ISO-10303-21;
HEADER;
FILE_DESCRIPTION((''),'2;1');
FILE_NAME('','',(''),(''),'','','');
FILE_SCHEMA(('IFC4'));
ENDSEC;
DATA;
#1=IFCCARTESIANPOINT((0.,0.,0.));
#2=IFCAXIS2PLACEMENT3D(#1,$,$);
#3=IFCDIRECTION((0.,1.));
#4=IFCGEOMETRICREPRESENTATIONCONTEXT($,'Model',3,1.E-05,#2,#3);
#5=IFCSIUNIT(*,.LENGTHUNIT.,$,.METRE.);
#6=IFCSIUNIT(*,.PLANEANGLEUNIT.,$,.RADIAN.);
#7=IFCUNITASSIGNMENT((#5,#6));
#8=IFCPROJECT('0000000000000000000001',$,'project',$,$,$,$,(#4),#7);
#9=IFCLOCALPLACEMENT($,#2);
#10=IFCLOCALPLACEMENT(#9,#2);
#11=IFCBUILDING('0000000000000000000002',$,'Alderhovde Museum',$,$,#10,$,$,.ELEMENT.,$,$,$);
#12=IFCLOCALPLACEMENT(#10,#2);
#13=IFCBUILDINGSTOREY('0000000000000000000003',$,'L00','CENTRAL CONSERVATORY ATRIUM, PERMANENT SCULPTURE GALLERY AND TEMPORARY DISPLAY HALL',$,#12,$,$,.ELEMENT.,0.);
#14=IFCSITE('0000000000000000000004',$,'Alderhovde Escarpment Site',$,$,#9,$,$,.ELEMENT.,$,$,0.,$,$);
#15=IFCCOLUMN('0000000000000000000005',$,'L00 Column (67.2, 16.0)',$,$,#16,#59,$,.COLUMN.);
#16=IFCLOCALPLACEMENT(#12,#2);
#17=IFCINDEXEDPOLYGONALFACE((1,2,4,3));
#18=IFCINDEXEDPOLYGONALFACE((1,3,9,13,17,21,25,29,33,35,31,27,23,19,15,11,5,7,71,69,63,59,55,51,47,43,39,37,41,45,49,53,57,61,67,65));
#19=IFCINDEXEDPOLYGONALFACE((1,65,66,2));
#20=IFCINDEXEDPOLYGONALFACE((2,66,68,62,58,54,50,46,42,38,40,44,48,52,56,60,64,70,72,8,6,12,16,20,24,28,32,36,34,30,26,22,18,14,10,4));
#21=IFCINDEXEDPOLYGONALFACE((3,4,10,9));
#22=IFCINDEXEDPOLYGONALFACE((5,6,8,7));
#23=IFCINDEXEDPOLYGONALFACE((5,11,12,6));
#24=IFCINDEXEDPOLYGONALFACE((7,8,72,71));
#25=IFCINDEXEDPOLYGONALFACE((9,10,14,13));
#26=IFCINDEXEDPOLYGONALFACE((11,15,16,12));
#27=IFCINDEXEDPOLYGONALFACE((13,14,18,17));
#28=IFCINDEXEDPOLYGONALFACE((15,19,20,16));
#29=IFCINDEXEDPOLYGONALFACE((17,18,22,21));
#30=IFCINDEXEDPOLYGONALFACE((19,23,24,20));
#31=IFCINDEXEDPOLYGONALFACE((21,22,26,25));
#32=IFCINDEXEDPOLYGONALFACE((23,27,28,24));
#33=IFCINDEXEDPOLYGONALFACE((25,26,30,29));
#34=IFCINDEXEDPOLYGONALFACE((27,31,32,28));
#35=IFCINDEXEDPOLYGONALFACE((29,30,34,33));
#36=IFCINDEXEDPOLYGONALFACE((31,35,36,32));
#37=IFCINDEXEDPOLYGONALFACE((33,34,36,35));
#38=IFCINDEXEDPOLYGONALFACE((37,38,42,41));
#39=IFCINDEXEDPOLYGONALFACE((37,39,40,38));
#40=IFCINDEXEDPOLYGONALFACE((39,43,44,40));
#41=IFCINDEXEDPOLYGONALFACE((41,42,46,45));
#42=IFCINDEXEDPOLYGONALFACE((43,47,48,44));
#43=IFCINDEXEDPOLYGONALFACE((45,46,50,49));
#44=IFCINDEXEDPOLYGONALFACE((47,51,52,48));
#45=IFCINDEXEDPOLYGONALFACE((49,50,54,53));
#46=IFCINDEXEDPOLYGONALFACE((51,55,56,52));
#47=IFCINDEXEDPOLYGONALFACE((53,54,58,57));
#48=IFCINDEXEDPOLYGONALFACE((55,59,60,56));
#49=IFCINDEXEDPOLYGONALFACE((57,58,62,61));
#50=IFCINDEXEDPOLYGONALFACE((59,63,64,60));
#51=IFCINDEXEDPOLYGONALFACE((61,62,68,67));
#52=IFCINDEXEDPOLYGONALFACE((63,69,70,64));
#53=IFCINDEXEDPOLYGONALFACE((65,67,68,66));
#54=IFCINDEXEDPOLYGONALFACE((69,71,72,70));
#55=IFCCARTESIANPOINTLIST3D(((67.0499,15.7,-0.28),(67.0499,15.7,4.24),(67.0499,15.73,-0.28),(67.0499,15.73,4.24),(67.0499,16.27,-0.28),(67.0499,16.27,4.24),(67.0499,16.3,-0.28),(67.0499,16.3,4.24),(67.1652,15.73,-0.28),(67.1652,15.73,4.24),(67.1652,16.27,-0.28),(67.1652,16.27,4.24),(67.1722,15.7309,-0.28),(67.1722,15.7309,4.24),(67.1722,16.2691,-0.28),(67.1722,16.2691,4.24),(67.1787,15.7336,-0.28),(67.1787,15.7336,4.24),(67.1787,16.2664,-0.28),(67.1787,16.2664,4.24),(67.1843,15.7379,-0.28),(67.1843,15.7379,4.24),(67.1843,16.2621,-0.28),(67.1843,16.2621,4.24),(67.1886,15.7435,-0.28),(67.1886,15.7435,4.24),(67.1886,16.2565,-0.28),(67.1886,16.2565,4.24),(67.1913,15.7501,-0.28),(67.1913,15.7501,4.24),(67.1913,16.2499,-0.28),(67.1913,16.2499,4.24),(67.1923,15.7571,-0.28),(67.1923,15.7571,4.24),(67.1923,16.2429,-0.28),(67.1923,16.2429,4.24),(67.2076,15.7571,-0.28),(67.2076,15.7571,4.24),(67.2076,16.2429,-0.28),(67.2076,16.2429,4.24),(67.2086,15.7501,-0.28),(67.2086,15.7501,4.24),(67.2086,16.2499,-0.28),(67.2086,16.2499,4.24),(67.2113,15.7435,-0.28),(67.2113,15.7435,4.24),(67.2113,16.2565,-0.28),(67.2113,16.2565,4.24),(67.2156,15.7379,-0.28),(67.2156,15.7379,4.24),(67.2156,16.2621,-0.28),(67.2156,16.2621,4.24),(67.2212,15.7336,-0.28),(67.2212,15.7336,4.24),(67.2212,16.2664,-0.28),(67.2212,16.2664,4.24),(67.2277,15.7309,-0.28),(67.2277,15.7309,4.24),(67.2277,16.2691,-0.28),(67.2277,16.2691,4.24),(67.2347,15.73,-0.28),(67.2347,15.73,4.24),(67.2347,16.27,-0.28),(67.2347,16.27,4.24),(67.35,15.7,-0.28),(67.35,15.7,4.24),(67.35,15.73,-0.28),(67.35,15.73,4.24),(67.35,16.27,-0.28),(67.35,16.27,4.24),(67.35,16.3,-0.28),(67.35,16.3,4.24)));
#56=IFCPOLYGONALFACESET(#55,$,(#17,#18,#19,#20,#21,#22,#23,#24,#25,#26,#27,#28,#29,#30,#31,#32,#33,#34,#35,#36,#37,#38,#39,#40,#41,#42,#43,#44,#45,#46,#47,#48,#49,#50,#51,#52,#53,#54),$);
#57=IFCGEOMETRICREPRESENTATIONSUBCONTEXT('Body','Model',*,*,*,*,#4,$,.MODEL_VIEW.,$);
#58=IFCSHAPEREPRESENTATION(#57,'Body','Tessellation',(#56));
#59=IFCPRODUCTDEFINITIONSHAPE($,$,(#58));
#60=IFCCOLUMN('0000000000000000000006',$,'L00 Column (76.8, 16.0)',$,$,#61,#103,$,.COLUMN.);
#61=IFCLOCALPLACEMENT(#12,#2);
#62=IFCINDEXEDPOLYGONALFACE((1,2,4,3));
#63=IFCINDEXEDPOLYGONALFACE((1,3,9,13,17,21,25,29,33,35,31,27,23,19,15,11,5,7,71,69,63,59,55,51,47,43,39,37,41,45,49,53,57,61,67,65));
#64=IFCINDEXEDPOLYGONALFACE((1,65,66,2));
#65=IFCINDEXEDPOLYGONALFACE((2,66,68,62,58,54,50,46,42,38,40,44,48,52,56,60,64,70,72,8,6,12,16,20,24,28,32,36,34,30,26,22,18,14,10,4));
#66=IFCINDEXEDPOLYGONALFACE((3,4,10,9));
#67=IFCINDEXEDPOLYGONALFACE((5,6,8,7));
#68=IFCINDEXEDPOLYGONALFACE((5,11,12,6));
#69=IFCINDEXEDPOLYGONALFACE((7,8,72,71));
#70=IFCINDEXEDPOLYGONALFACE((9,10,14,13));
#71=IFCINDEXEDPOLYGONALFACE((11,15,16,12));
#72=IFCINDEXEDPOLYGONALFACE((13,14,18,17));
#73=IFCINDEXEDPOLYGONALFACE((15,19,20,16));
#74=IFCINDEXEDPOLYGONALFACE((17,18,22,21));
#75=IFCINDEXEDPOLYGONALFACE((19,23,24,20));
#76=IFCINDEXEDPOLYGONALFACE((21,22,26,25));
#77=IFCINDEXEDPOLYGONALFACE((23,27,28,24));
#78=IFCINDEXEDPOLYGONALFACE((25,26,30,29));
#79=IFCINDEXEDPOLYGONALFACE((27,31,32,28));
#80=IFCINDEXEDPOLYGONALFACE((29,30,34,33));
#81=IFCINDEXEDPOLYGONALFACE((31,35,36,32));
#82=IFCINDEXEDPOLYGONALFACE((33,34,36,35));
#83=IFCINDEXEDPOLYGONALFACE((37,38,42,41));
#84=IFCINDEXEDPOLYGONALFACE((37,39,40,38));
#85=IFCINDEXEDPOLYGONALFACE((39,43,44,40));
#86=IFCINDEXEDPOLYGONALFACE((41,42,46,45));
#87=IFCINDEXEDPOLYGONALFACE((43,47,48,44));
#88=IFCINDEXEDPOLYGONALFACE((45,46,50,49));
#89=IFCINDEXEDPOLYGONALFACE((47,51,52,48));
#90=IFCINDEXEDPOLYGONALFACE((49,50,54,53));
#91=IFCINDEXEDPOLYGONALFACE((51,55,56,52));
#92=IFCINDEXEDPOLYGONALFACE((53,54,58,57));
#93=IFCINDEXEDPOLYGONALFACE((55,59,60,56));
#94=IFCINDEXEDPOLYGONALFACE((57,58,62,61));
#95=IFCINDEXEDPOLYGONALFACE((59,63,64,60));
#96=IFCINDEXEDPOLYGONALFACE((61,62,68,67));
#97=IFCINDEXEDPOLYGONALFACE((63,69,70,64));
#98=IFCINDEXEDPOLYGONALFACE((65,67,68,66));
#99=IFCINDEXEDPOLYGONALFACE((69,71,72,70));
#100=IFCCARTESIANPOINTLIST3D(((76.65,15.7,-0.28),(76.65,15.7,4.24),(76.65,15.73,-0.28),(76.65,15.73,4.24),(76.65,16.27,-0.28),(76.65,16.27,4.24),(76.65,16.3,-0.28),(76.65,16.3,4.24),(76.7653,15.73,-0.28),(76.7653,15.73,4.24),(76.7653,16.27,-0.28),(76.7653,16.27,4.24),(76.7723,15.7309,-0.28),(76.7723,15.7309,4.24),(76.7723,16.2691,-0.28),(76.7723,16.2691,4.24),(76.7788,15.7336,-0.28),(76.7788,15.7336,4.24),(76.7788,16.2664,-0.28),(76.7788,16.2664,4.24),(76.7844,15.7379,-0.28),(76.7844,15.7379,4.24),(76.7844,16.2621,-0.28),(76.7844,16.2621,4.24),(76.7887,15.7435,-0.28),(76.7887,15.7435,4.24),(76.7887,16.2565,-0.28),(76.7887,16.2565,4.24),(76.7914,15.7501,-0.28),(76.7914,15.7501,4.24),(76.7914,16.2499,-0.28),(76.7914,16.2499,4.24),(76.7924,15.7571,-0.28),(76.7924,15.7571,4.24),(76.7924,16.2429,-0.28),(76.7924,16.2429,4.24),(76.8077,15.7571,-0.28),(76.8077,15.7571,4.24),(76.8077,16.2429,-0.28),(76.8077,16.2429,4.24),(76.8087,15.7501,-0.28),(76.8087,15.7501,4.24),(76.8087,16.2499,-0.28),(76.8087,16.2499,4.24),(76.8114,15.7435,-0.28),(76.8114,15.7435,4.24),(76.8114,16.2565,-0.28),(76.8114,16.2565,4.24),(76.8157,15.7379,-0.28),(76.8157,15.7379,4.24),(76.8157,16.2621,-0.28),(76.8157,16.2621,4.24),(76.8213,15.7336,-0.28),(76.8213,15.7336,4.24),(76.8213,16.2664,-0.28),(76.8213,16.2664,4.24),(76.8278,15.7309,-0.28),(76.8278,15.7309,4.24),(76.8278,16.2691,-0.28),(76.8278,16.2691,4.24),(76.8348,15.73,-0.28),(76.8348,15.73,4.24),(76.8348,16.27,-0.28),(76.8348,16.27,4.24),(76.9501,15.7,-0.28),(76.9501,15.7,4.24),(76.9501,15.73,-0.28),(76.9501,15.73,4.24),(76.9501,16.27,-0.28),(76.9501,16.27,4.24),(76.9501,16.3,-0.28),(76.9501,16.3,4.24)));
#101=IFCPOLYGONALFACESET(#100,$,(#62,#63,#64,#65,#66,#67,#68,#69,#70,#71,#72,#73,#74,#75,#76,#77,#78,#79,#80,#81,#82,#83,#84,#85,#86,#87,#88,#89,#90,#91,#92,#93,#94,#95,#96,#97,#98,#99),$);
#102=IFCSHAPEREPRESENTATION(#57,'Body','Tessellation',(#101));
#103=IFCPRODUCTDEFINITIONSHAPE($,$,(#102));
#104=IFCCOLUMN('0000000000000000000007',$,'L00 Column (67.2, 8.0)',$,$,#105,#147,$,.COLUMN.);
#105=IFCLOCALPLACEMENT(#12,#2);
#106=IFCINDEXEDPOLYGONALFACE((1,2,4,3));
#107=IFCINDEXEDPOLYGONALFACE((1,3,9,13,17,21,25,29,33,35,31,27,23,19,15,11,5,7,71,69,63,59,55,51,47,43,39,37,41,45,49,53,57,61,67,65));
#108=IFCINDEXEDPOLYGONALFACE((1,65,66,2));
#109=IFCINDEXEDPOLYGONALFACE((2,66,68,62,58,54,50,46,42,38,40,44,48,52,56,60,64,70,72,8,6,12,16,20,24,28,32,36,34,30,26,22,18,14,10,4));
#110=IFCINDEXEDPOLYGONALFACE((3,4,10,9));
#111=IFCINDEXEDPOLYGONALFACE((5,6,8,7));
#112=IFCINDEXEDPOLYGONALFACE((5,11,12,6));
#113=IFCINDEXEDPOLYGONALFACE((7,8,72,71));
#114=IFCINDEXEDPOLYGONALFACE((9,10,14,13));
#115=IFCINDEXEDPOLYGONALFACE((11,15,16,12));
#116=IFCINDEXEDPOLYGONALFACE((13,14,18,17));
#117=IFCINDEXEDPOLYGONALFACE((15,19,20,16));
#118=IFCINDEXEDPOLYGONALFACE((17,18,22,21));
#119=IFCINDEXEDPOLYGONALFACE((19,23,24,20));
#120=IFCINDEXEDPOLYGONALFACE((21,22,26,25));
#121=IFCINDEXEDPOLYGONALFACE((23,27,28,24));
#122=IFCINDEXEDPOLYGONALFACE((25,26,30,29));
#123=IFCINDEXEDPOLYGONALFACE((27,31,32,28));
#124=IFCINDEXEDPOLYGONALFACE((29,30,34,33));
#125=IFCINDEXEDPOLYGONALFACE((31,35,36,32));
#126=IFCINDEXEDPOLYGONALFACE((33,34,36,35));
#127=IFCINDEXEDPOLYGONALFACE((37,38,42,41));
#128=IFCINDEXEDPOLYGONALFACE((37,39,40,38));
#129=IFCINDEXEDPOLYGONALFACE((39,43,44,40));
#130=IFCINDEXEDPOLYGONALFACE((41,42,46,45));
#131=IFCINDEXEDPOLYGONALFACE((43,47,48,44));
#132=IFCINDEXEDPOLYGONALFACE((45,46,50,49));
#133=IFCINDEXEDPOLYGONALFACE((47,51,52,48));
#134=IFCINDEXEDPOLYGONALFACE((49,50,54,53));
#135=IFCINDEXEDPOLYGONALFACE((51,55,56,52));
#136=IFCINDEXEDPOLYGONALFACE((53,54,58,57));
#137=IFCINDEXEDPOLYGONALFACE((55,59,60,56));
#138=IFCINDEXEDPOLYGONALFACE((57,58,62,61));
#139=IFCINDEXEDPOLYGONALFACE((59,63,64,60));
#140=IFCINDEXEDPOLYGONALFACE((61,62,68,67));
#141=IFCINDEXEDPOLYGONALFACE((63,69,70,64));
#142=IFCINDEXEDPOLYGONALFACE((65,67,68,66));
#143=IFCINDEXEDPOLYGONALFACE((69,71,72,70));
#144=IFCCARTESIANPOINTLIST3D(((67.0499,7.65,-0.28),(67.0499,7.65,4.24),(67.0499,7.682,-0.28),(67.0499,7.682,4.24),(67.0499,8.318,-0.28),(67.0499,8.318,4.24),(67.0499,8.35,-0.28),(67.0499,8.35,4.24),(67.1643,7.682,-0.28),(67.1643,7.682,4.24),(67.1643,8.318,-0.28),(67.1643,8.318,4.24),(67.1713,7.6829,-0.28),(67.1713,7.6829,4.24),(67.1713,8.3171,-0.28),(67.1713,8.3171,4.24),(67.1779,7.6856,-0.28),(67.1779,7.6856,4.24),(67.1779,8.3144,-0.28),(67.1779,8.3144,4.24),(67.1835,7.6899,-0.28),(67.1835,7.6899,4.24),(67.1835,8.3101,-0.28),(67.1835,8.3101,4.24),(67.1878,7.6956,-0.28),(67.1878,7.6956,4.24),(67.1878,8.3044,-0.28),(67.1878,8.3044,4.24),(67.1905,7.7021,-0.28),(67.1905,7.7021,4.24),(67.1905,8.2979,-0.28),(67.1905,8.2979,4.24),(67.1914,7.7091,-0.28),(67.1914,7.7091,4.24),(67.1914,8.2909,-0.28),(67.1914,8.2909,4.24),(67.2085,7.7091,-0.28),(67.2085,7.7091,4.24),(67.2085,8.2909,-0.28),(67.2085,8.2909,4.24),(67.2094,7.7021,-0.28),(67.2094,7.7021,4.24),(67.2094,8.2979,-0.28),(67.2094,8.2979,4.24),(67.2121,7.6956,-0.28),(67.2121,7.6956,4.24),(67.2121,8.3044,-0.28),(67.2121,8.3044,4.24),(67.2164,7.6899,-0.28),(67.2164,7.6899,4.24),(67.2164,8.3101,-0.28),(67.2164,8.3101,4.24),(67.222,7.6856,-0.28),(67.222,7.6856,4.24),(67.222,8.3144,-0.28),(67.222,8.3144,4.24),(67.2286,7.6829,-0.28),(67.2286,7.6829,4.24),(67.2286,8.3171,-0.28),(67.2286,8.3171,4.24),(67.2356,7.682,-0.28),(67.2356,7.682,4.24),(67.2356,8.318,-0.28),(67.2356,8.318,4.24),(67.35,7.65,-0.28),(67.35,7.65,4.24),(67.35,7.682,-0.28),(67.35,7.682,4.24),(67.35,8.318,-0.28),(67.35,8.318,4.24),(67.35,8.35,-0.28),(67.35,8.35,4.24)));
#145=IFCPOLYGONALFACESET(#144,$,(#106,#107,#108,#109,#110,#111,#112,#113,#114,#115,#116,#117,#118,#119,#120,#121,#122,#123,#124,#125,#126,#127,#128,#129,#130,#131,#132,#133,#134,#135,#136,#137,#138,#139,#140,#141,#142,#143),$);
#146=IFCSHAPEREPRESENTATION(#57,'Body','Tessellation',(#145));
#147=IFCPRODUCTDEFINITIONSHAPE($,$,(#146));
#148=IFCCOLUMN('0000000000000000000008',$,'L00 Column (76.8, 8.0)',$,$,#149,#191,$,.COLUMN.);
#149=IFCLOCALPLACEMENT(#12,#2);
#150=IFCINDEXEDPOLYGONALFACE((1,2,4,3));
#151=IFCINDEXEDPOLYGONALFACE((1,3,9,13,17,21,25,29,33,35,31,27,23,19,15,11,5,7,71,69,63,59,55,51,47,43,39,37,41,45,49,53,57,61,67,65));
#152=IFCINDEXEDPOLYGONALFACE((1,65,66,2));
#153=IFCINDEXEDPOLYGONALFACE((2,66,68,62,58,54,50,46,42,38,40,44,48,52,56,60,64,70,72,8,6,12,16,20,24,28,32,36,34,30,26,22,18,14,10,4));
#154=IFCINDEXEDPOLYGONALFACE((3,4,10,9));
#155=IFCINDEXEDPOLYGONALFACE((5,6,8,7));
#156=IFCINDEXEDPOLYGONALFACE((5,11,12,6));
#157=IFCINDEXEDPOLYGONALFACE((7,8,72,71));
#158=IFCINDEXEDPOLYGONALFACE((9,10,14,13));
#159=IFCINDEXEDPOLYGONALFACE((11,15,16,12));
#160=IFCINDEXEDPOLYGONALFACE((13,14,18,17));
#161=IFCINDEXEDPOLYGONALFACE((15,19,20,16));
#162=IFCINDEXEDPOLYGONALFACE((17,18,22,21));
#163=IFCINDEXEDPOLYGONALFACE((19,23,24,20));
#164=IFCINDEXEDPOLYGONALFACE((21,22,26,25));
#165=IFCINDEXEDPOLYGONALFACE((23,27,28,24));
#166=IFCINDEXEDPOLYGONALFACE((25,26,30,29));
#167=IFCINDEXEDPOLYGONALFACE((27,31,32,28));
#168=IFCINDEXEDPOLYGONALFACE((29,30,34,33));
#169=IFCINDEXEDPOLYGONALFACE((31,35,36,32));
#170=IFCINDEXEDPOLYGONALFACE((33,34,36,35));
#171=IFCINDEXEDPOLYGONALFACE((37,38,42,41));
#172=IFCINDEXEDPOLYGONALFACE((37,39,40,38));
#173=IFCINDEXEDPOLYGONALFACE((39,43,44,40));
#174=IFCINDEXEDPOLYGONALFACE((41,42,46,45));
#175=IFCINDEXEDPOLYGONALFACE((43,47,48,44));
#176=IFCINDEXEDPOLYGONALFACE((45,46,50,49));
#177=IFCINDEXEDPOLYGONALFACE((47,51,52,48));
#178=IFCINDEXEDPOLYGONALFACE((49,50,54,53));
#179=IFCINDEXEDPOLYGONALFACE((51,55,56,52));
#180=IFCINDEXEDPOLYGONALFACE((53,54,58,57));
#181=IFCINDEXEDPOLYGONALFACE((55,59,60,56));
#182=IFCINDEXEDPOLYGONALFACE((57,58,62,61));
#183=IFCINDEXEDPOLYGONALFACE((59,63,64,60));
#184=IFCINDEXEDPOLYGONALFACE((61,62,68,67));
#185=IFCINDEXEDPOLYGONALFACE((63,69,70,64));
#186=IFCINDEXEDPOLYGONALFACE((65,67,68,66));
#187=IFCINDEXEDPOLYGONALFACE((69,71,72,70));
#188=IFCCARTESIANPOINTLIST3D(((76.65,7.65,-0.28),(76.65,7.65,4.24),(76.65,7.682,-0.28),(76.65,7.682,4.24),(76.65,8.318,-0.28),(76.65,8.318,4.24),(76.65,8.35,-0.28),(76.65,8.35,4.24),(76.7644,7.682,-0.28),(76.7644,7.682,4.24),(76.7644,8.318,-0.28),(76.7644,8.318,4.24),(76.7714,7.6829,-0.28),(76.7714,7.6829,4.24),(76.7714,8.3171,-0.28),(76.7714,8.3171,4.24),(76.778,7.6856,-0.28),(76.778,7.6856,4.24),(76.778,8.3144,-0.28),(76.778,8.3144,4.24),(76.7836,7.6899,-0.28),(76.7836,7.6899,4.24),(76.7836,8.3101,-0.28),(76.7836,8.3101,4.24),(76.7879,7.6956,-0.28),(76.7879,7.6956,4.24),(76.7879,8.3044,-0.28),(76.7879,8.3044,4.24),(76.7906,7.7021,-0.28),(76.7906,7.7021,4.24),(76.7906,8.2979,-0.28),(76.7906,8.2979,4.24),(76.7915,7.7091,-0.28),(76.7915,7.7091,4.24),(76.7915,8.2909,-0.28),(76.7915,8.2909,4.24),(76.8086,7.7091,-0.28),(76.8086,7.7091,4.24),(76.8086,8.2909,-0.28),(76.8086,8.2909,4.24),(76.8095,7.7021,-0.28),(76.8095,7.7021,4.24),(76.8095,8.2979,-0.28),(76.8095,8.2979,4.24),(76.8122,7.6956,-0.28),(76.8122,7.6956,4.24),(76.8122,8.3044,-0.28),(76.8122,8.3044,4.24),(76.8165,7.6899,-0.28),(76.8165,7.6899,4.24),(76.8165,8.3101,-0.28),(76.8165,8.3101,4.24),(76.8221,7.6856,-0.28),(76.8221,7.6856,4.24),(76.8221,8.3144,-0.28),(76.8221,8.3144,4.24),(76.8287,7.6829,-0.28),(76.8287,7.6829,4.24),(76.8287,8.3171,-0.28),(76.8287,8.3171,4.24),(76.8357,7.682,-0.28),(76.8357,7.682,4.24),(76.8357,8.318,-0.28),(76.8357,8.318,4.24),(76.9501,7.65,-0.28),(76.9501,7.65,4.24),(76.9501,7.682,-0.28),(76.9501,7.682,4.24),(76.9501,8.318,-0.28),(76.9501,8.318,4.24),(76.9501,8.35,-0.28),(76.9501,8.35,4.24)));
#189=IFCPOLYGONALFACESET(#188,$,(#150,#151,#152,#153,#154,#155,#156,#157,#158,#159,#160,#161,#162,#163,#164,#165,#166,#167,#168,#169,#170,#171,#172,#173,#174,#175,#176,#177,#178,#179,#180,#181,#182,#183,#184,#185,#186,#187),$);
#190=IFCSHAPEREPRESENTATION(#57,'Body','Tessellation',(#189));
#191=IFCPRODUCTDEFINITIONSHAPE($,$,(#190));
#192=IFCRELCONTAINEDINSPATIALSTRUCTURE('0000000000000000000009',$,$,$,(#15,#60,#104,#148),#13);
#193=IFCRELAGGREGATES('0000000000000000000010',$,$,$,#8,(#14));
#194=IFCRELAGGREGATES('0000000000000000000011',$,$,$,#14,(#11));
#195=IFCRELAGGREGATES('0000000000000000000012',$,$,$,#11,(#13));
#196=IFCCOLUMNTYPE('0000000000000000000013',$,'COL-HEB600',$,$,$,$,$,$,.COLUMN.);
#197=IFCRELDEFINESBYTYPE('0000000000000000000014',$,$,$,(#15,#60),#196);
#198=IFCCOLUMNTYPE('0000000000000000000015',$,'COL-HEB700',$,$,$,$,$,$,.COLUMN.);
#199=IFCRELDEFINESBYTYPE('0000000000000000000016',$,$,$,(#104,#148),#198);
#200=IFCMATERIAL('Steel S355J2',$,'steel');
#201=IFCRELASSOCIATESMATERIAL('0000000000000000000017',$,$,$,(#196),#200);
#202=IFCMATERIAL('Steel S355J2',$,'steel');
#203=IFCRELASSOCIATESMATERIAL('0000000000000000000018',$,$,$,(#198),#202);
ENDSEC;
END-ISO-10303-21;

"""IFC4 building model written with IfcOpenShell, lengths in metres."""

from ifc_helpers import new_model, si_unit, direction, frame, origin, origin_2d, place, context, subcontext, project, spatial, i_section, extrude, material, material_profile, profile_set, type_object, element, save


model = new_model("IFC4")

# Units and contexts
model_context = context("Model", 3, precision=1e-05, world=origin(), true_north=direction((0.0, 1.0)))
body_context = subcontext(model_context, "Body", "Model", "MODEL_VIEW")
ifc_project = project(units=[si_unit("LENGTHUNIT", "METRE"), si_unit("PLANEANGLEUNIT", "RADIAN")], contexts=[model_context])

# Site, building, storey
site_placement = place(None, origin())
site = spatial("IfcSite", under=ifc_project, at=site_placement, Name="Alderhovde Escarpment Site", CompositionType="ELEMENT", RefElevation=0.0)
building_placement = place(site_placement, origin())
building = spatial("IfcBuilding", under=site, at=building_placement, Name="Alderhovde Museum", CompositionType="ELEMENT")
storey_placement = place(building_placement, origin())
storey = spatial("IfcBuildingStorey", under=building, at=storey_placement, Name="L00", Description="CENTRAL CONSERVATORY ATRIUM, PERMANENT SCULPTURE GALLERY AND TEMPORARY DISPLAY HALL", CompositionType="ELEMENT", Elevation=0.0)

# Columns
ifc_material_1 = material(Name="Steel S355J2", Category="steel")
ifc_material_profile_1 = material_profile(ifc_material_1, i_section(OverallWidth=0.3, OverallDepth=0.6001, WebThickness=0.0154, FlangeThickness=0.03, FilletRadius=0.0271, at=origin_2d()), Name="HEB 600")
ifc_profile_set_1 = profile_set([ifc_material_profile_1], Name="Steel S355J2")
column_type_1 = type_object("IfcColumnType", Name="COL-HEB600", PredefinedType="COLUMN", material=ifc_profile_set_1)
for number, where, z_axis, x_axis, name in (
    (1, (67.2, 16.0, -0.28), (0.0, 0.0, 1.0), (1.0, 0.0, 0.0), "L00 Column (67.2, 16.0)"),
    (2, (76.8, 16.0, -0.28), (0.0, 0.0, 1.0), (1.0, 0.0, 0.0), "L00 Column (76.8, 16.0)"),
):
    element("IfcColumn", number, at=place(storey_placement, frame(where, z_axis=z_axis, x_axis=x_axis)), inside=storey, type_object=column_type_1, Name=name, PredefinedType="COLUMN", context=body_context, shape_type="SweptSolid", body=[
        extrude(i_section(OverallWidth=0.3, OverallDepth=0.6001, WebThickness=0.0154, FlangeThickness=0.03, FilletRadius=0.0271, at=origin_2d()), origin(), (0.0, 0.0, 1.0), 4.52),
    ])
ifc_material_2 = material(Name="Steel S355J2", Category="steel")
ifc_material_profile_2 = material_profile(ifc_material_2, i_section(OverallWidth=0.3, OverallDepth=0.7, WebThickness=0.0171, FlangeThickness=0.032, FilletRadius=0.0271, at=origin_2d()), Name="HEB 700")
ifc_profile_set_2 = profile_set([ifc_material_profile_2], Name="Steel S355J2")
column_type_2 = type_object("IfcColumnType", Name="COL-HEB700", PredefinedType="COLUMN", material=ifc_profile_set_2)
for number, where, z_axis, x_axis, name in (
    (3, (67.2, 8.0, -0.28), (0.0, 0.0, 1.0), (1.0, 0.0, 0.0), "L00 Column (67.2, 8.0)"),
    (4, (76.8, 8.0, -0.28), (0.0, 0.0, 1.0), (1.0, 0.0, 0.0), "L00 Column (76.8, 8.0)"),
):
    element("IfcColumn", number, at=place(storey_placement, frame(where, z_axis=z_axis, x_axis=x_axis)), inside=storey, type_object=column_type_2, Name=name, PredefinedType="COLUMN", context=body_context, shape_type="SweptSolid", body=[
        extrude(i_section(OverallWidth=0.3, OverallDepth=0.7, WebThickness=0.0171, FlangeThickness=0.032, FilletRadius=0.0271, at=origin_2d()), origin(), (0.0, 0.0, 1.0), 4.52),
    ])

save(model, "model.ifc")
